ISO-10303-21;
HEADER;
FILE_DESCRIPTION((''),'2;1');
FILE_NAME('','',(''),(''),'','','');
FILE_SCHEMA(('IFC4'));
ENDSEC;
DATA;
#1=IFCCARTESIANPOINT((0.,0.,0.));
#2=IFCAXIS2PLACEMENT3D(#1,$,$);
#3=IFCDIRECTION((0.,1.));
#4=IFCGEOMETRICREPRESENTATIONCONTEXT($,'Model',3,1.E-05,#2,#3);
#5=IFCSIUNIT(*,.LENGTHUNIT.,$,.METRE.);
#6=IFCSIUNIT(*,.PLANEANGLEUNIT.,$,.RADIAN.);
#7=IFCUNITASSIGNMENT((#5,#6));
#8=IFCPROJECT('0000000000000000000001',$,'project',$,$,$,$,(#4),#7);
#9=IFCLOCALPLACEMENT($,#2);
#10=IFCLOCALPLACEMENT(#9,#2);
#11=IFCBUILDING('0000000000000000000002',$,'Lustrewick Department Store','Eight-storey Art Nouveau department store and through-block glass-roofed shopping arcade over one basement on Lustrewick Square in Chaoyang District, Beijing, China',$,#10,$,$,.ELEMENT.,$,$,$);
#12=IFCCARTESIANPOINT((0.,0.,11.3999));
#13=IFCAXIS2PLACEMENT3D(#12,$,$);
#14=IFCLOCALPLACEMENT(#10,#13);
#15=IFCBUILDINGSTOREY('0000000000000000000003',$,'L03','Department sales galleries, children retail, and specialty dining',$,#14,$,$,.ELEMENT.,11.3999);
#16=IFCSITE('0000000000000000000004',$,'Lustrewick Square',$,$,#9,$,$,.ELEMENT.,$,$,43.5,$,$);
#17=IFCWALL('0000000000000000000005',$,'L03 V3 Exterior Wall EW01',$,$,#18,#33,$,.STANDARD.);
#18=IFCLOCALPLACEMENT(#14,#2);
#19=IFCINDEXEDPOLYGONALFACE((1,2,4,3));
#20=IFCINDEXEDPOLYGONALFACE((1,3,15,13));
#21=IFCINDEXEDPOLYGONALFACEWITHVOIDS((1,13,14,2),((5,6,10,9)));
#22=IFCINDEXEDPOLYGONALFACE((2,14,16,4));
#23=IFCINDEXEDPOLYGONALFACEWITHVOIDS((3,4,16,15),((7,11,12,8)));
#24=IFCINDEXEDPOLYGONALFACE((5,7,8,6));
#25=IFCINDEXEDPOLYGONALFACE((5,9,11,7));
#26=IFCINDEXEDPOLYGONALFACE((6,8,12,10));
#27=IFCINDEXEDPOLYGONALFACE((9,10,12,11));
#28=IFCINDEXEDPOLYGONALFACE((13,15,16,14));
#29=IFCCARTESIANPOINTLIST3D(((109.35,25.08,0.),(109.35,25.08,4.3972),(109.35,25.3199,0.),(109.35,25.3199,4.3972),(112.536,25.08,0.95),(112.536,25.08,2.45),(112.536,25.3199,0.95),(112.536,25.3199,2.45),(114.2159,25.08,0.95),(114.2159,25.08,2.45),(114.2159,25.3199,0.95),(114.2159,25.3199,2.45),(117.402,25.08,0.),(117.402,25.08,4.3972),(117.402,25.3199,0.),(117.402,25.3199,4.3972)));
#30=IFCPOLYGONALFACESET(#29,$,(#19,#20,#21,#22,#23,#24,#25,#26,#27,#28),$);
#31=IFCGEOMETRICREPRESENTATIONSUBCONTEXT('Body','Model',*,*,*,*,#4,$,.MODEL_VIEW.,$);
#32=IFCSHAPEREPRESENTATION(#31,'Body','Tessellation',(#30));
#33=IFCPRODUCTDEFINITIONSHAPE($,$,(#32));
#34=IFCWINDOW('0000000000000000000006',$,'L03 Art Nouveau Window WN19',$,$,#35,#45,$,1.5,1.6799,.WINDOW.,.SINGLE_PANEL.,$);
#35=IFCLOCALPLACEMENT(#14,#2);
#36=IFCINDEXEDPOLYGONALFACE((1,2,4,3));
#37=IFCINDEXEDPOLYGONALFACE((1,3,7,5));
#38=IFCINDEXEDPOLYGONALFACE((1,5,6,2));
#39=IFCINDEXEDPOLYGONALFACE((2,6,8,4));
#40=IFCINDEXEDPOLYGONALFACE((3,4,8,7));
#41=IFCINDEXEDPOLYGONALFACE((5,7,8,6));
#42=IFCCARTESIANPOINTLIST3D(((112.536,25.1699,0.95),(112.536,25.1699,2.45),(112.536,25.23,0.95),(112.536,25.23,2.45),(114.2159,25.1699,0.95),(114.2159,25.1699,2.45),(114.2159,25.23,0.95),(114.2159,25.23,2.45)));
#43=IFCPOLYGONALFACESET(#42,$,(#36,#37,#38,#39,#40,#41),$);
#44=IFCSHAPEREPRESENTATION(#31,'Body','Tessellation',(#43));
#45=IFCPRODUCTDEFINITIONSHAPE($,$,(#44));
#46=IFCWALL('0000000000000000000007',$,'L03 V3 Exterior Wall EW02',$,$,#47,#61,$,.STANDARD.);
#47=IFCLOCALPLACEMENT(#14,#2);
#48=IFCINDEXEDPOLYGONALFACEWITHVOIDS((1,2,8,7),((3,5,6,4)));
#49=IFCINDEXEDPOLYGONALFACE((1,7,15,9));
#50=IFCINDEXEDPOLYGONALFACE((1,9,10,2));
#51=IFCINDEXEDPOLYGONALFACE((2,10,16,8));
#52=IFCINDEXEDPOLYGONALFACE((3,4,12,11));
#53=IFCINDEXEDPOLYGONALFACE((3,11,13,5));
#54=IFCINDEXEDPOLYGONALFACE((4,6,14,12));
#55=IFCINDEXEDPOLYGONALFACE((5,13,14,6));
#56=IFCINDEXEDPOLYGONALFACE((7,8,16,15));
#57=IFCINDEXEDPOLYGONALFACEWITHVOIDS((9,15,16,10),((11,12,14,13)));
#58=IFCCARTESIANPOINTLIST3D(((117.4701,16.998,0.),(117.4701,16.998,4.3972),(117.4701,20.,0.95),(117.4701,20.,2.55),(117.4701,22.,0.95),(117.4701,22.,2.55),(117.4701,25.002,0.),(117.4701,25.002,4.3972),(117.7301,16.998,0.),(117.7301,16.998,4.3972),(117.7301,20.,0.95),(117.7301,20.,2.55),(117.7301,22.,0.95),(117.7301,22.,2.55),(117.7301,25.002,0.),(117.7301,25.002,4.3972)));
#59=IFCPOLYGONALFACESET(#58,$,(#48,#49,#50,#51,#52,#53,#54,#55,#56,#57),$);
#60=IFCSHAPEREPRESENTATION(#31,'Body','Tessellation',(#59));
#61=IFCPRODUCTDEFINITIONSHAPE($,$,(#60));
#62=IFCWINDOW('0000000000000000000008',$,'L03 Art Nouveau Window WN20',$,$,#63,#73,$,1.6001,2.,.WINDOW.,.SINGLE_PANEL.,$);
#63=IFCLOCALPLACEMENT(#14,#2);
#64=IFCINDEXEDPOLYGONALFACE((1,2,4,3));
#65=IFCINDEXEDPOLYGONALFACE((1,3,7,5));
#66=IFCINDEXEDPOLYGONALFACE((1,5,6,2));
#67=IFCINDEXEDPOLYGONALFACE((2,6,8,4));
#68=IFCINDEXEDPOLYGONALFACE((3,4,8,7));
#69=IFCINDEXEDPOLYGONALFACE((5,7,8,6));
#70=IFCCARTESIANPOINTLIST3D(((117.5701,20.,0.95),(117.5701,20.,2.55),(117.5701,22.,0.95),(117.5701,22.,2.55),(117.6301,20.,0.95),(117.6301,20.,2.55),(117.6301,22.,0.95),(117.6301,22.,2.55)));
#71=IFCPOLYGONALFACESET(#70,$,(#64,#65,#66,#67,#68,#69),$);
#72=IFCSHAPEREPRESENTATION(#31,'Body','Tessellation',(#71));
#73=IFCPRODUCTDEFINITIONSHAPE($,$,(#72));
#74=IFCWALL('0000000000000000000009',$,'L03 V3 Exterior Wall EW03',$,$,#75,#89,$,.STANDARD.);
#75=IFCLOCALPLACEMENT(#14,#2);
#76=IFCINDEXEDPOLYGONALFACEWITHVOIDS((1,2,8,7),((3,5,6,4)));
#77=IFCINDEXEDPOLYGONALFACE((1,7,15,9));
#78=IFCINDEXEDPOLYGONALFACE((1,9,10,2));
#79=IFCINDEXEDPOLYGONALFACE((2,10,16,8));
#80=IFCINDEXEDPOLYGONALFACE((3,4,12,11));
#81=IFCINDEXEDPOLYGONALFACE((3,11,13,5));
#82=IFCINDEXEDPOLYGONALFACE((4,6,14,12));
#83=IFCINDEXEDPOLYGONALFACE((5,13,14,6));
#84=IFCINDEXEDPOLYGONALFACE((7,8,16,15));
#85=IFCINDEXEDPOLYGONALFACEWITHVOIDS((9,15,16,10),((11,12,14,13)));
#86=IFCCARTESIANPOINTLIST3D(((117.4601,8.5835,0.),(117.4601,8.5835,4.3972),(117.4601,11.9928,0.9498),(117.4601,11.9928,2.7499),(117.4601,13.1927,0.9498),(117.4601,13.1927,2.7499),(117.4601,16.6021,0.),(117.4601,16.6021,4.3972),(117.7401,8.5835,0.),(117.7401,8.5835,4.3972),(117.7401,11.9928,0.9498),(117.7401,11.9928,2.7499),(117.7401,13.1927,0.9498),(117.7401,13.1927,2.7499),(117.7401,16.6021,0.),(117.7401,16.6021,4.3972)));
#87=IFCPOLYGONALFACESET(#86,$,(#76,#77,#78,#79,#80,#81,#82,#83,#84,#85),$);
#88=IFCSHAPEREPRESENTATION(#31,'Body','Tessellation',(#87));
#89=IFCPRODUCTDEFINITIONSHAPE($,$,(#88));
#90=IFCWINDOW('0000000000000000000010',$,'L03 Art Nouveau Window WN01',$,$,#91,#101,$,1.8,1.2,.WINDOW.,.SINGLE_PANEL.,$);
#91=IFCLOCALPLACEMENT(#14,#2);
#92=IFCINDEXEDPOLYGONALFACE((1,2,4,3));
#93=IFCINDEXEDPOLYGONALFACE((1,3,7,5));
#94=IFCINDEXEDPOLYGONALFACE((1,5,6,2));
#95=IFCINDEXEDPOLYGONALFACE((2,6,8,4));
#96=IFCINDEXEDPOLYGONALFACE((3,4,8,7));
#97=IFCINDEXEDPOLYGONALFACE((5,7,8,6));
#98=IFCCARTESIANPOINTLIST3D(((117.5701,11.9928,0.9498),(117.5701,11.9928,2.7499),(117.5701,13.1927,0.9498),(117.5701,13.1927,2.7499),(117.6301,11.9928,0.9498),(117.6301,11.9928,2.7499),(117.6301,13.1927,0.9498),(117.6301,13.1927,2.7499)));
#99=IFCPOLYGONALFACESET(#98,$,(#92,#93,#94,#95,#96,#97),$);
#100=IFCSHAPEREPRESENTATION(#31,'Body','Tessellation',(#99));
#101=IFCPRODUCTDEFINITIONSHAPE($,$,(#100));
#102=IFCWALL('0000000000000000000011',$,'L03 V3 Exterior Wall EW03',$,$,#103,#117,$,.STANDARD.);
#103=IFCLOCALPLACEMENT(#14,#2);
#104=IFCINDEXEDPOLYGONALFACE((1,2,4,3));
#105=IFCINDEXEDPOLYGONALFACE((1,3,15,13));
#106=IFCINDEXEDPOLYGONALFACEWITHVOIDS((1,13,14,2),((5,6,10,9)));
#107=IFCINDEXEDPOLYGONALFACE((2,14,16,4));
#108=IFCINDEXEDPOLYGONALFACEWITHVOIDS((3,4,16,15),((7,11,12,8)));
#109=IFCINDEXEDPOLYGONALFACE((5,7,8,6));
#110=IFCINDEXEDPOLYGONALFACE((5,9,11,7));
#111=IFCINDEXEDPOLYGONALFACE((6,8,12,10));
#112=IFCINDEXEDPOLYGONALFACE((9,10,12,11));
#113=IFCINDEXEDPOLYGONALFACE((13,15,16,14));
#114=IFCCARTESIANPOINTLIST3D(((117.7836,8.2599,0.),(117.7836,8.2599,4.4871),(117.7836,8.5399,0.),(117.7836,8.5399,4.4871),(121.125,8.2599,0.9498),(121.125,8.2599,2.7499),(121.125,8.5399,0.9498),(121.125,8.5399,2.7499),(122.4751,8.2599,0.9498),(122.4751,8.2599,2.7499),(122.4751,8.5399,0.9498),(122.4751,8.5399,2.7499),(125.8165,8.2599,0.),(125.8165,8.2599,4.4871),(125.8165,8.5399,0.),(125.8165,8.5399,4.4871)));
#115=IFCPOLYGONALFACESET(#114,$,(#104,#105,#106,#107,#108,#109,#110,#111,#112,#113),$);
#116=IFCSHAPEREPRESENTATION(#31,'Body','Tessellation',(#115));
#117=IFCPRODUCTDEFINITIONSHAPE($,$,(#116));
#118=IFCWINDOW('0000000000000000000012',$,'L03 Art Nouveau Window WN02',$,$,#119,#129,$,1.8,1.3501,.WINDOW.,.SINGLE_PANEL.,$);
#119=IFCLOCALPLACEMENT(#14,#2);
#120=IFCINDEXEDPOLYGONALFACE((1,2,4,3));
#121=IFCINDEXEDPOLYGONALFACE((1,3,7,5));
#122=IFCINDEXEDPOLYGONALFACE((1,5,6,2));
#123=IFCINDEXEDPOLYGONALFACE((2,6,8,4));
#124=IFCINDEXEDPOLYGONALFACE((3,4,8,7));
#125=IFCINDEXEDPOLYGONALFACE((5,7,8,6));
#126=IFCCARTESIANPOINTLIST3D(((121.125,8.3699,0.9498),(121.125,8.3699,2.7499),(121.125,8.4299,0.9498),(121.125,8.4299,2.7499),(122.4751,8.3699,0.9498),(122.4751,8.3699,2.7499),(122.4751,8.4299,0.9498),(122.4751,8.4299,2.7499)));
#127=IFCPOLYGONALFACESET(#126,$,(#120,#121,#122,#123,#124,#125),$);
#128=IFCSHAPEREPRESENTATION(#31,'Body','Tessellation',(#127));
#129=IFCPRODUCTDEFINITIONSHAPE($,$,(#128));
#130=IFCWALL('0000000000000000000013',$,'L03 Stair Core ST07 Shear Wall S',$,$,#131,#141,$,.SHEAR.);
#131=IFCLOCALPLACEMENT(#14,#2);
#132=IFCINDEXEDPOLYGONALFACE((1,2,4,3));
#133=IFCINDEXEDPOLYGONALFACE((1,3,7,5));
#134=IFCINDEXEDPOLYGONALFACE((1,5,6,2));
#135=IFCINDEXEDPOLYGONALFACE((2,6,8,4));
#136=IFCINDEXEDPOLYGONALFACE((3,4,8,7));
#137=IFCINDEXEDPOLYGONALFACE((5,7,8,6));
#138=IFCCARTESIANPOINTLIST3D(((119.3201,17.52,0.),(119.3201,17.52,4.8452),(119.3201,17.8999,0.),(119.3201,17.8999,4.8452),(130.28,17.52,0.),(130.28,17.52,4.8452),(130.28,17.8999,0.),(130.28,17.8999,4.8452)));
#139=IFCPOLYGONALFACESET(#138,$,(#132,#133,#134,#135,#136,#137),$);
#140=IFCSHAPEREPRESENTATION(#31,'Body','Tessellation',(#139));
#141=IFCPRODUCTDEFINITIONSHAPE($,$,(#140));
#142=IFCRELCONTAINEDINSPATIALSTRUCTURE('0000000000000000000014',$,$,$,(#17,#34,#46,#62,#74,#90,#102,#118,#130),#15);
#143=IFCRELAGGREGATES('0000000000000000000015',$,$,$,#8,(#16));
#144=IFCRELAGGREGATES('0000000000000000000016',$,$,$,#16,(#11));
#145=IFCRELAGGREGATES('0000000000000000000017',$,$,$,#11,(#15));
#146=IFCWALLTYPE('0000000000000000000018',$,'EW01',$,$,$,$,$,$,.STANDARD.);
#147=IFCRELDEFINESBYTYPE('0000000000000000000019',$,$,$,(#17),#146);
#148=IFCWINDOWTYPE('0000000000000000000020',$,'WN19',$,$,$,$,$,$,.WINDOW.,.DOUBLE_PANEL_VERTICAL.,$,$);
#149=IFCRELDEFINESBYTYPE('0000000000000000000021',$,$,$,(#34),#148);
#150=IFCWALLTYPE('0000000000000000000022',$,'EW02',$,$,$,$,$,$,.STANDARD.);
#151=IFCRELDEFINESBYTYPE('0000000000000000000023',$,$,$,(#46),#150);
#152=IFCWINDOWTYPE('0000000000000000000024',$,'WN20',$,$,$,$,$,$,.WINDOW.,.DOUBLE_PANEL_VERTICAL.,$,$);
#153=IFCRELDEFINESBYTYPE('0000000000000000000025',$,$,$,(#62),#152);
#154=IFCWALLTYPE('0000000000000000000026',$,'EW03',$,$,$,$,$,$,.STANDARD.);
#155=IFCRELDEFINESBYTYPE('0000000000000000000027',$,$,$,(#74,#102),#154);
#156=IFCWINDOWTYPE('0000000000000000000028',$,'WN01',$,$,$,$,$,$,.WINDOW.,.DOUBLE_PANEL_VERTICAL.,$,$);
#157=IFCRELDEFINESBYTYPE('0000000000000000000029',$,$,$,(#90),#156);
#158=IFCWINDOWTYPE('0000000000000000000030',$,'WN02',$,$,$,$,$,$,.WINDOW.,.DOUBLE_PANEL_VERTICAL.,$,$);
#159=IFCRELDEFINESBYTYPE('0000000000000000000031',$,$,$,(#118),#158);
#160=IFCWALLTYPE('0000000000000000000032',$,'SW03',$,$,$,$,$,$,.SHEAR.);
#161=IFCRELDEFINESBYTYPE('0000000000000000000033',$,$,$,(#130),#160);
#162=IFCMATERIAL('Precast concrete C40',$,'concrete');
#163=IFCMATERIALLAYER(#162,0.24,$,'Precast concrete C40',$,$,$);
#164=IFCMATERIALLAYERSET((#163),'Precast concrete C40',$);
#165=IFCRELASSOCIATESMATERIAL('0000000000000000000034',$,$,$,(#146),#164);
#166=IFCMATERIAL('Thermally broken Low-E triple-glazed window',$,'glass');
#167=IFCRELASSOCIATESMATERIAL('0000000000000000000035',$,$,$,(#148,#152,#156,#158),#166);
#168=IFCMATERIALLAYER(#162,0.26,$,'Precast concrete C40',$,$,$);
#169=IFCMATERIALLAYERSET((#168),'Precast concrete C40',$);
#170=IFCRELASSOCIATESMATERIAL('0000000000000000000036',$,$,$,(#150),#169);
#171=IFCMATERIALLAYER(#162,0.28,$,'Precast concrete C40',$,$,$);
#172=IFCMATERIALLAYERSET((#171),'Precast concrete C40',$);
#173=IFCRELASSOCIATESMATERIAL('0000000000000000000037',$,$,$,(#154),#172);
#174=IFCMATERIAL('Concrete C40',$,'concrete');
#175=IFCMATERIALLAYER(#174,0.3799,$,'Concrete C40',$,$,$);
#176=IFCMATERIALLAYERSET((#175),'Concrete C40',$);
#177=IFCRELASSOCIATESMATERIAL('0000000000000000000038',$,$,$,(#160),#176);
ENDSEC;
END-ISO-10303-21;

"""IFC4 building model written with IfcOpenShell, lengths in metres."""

from ifc_helpers import new_model, si_unit, direction, frame, frame_2d, origin, place, context, subcontext, project, spatial, rectangle, extrude, material, layer, layer_set, type_object, element, fill, save


model = new_model("IFC4")

# Units and contexts
model_context = context("Model", 3, precision=1e-05, world=origin(), true_north=direction((0.0, 1.0)))
body_context = subcontext(model_context, "Body", "Model", "MODEL_VIEW")
ifc_project = project(units=[si_unit("LENGTHUNIT", "METRE"), si_unit("PLANEANGLEUNIT", "RADIAN")], contexts=[model_context])

# Site, building, storey
site_placement = place(None, origin())
site = spatial("IfcSite", under=ifc_project, at=site_placement, Name="Lustrewick Square", CompositionType="ELEMENT", RefElevation=43.5)
building_placement = place(site_placement, origin())
building = spatial("IfcBuilding", under=site, at=building_placement, Name="Lustrewick Department Store", Description="Eight-storey Art Nouveau department store and through-block glass-roofed shopping arcade over one basement on Lustrewick Square in Chaoyang District, Beijing, China", CompositionType="ELEMENT")
storey_placement = place(building_placement, frame((0.0, 0.0, 11.3999)))
storey = spatial("IfcBuildingStorey", under=building, at=storey_placement, Name="L03", Description="Department sales galleries, children retail, and specialty dining", CompositionType="ELEMENT", Elevation=11.3999)

# Walls, openings, windows
ifc_material_1 = material(Name="Precast concrete C40", Category="concrete")
ifc_layer_1 = layer(ifc_material_1, 0.24, Name="Precast concrete C40")
ifc_layer_set_1 = layer_set([ifc_layer_1], Name="Precast concrete C40")
wall_type_1 = type_object("IfcWallType", Name="EW01", PredefinedType="STANDARD", material=ifc_layer_set_1)
wall_1_placement = place(storey_placement, frame((109.3501, 25.2, 0.0), z_axis=(0.0, 0.0, 1.0), x_axis=(1.0, 0.0, 0.0)))
wall_1 = element("IfcWall", 1, at=wall_1_placement, inside=storey, type_object=wall_type_1, Name="L03 V3 Exterior Wall EW01", PredefinedType="STANDARD", context=body_context, shape_type="SweptSolid", body=[
    extrude(rectangle(XDim=8.052, YDim=0.24, at=frame_2d((4.0259, 0.0))), origin(), (0.0, 0.0, 1.0), 4.3972),
])
opening_1_placement = place(wall_1_placement, frame((3.186, 0.0, 0.95)))
opening_1 = element("IfcOpeningElement", 2, at=opening_1_placement, cuts=wall_1, PredefinedType="OPENING", context=body_context, shape_type="SweptSolid", body=[
    extrude(rectangle(XDim=1.6799, YDim=1.5, at=frame_2d((0.8398, 0.75))), frame((0.0, 0.1299, 0.0), z_axis=(0.0, -1.0, 0.0), x_axis=(1.0, 0.0, 0.0)), (0.0, 0.0, 1.0), 0.26),
])
ifc_material_2 = material(Name="Thermally broken Low-E triple-glazed window", Category="glass")
window_type_1 = type_object("IfcWindowType", Name="WN19", PartitioningType="DOUBLE_PANEL_VERTICAL", PredefinedType="WINDOW", material=ifc_material_2)
window_1_placement = place(opening_1_placement, origin())
window_1 = element("IfcWindow", 3, at=window_1_placement, inside=storey, type_object=window_type_1, Name="L03 Art Nouveau Window WN19", OverallHeight=1.5, OverallWidth=1.6799, PartitioningType="SINGLE_PANEL", PredefinedType="WINDOW", context=body_context, shape_type="SweptSolid", body=[
    extrude(rectangle(XDim=1.6799, YDim=1.5, at=frame_2d((0.8398, 0.75))), frame((0.0, 0.03, 0.0), z_axis=(0.0, -1.0, 0.0), x_axis=(1.0, 0.0, 0.0)), (0.0, 0.0, 1.0), 0.0601),
])
fill(opening_1, window_1)
ifc_layer_2 = layer(ifc_material_1, 0.26, Name="Precast concrete C40")
ifc_layer_set_2 = layer_set([ifc_layer_2], Name="Precast concrete C40")
wall_type_2 = type_object("IfcWallType", Name="EW02", PredefinedType="STANDARD", material=ifc_layer_set_2)
wall_2_placement = place(storey_placement, frame((117.6001, 25.002, 0.0), z_axis=(0.0, 0.0, 1.0), x_axis=(0.0, -1.0, 0.0)))
wall_2 = element("IfcWall", 4, at=wall_2_placement, inside=storey, type_object=wall_type_2, Name="L03 V3 Exterior Wall EW02", PredefinedType="STANDARD", context=body_context, shape_type="SweptSolid", body=[
    extrude(rectangle(XDim=8.0039, YDim=0.26, at=frame_2d((4.002, 0.0))), origin(), (0.0, 0.0, 1.0), 4.3972),
])
opening_2_placement = place(wall_2_placement, frame((3.002, 0.0, 0.95)))
opening_2 = element("IfcOpeningElement", 5, at=opening_2_placement, cuts=wall_2, PredefinedType="OPENING", context=body_context, shape_type="SweptSolid", body=[
    extrude(rectangle(XDim=2.0, YDim=1.6001, at=frame_2d((1.0, 0.8))), frame((0.0, 0.1401, 0.0), z_axis=(0.0, -1.0, 0.0), x_axis=(1.0, 0.0, 0.0)), (0.0, 0.0, 1.0), 0.28),
])
window_type_2 = type_object("IfcWindowType", Name="WN20", PartitioningType="DOUBLE_PANEL_VERTICAL", PredefinedType="WINDOW", material=ifc_material_2)
window_2_placement = place(opening_2_placement, origin())
window_2 = element("IfcWindow", 6, at=window_2_placement, inside=storey, type_object=window_type_2, Name="L03 Art Nouveau Window WN20", OverallHeight=1.6001, OverallWidth=2.0, PartitioningType="SINGLE_PANEL", PredefinedType="WINDOW", context=body_context, shape_type="SweptSolid", body=[
    extrude(rectangle(XDim=2.0, YDim=1.6001, at=frame_2d((1.0, 0.8))), frame((0.0, 0.03, 0.0), z_axis=(0.0, -1.0, 0.0), x_axis=(1.0, 0.0, 0.0)), (0.0, 0.0, 1.0), 0.0601),
])
fill(opening_2, window_2)
ifc_layer_3 = layer(ifc_material_1, 0.28, Name="Precast concrete C40")
ifc_layer_set_3 = layer_set([ifc_layer_3], Name="Precast concrete C40")
wall_type_3 = type_object("IfcWallType", Name="EW03", PredefinedType="STANDARD", material=ifc_layer_set_3)
wall_3_placement = place(storey_placement, frame((117.6001, 16.6021, 0.0), z_axis=(0.0, 0.0, 1.0), x_axis=(0.0, -1.0, 0.0)))
wall_3 = element("IfcWall", 7, at=wall_3_placement, inside=storey, type_object=wall_type_3, Name="L03 V3 Exterior Wall EW03", PredefinedType="STANDARD", context=body_context, shape_type="SweptSolid", body=[
    extrude(rectangle(XDim=8.0186, YDim=0.28, at=frame_2d((4.0093, 0.0))), origin(), (0.0, 0.0, 1.0), 4.3972),
])
opening_3_placement = place(wall_3_placement, frame((3.4092, 0.0, 0.95)))
opening_3 = element("IfcOpeningElement", 8, at=opening_3_placement, cuts=wall_3, PredefinedType="OPENING", context=body_context, shape_type="SweptSolid", body=[
    extrude(rectangle(XDim=1.2, YDim=1.8, at=frame_2d((0.6001, 0.8999))), frame((0.0, 0.1499, 0.0), z_axis=(0.0, -1.0, 0.0), x_axis=(1.0, 0.0, 0.0)), (0.0, 0.0, 1.0), 0.3),
])
window_type_3 = type_object("IfcWindowType", Name="WN01", PartitioningType="DOUBLE_PANEL_VERTICAL", PredefinedType="WINDOW", material=ifc_material_2)
window_3_placement = place(opening_3_placement, origin())
window_3 = element("IfcWindow", 9, at=window_3_placement, inside=storey, type_object=window_type_3, Name="L03 Art Nouveau Window WN01", OverallHeight=1.8, OverallWidth=1.2, PartitioningType="SINGLE_PANEL", PredefinedType="WINDOW", context=body_context, shape_type="SweptSolid", body=[
    extrude(rectangle(XDim=1.2, YDim=1.8, at=frame_2d((0.6001, 0.8999))), frame((0.0, 0.03, 0.0), z_axis=(0.0, -1.0, 0.0), x_axis=(1.0, 0.0, 0.0)), (0.0, 0.0, 1.0), 0.0601),
])
fill(opening_3, window_3)
wall_4_placement = place(storey_placement, frame((117.7834, 8.3999, 0.0), z_axis=(0.0, 0.0, 1.0), x_axis=(1.0, 0.0, 0.0)))
wall_4 = element("IfcWall", 10, at=wall_4_placement, inside=storey, type_object=wall_type_3, Name="L03 V3 Exterior Wall EW03", PredefinedType="STANDARD", context=body_context, shape_type="SweptSolid", body=[
    extrude(rectangle(XDim=8.033, YDim=0.28, at=frame_2d((4.0166, 0.0))), origin(), (0.0, 0.0, 1.0), 4.4871),
])
opening_4_placement = place(wall_4_placement, frame((3.3416, 0.0, 0.95)))
opening_4 = element("IfcOpeningElement", 11, at=opening_4_placement, cuts=wall_4, PredefinedType="OPENING", context=body_context, shape_type="SweptSolid", body=[
    extrude(rectangle(XDim=1.3501, YDim=1.8, at=frame_2d((0.675, 0.8999))), frame((0.0, 0.1499, 0.0), z_axis=(0.0, -1.0, 0.0), x_axis=(1.0, 0.0, 0.0)), (0.0, 0.0, 1.0), 0.3),
])
window_type_4 = type_object("IfcWindowType", Name="WN02", PartitioningType="DOUBLE_PANEL_VERTICAL", PredefinedType="WINDOW", material=ifc_material_2)
window_4_placement = place(opening_4_placement, origin())
window_4 = element("IfcWindow", 12, at=window_4_placement, inside=storey, type_object=window_type_4, Name="L03 Art Nouveau Window WN02", OverallHeight=1.8, OverallWidth=1.3501, PartitioningType="SINGLE_PANEL", PredefinedType="WINDOW", context=body_context, shape_type="SweptSolid", body=[
    extrude(rectangle(XDim=1.3501, YDim=1.8, at=frame_2d((0.675, 0.8999))), frame((0.0, 0.03, 0.0), z_axis=(0.0, -1.0, 0.0), x_axis=(1.0, 0.0, 0.0)), (0.0, 0.0, 1.0), 0.0601),
])
fill(opening_4, window_4)

# Wall
ifc_material_3 = material(Name="Concrete C40", Category="concrete")
ifc_layer_4 = layer(ifc_material_3, 0.3799, Name="Concrete C40")
ifc_layer_set_4 = layer_set([ifc_layer_4], Name="Concrete C40")
wall_type_4 = type_object("IfcWallType", Name="SW03", PredefinedType="SHEAR", material=ifc_layer_set_4)
wall_5_placement = place(storey_placement, frame((119.3201, 17.71, 0.0), z_axis=(0.0, 0.0, 1.0), x_axis=(1.0, 0.0, 0.0)))
element("IfcWall", 13, at=wall_5_placement, inside=storey, type_object=wall_type_4, Name="L03 Stair Core ST07 Shear Wall S", PredefinedType="SHEAR", context=body_context, shape_type="SweptSolid", body=[
    extrude(rectangle(XDim=10.96, YDim=0.3799, at=frame_2d((5.48, 0.0))), origin(), (0.0, 0.0, 1.0), 4.8452),
])

save(model, "model.ifc")
